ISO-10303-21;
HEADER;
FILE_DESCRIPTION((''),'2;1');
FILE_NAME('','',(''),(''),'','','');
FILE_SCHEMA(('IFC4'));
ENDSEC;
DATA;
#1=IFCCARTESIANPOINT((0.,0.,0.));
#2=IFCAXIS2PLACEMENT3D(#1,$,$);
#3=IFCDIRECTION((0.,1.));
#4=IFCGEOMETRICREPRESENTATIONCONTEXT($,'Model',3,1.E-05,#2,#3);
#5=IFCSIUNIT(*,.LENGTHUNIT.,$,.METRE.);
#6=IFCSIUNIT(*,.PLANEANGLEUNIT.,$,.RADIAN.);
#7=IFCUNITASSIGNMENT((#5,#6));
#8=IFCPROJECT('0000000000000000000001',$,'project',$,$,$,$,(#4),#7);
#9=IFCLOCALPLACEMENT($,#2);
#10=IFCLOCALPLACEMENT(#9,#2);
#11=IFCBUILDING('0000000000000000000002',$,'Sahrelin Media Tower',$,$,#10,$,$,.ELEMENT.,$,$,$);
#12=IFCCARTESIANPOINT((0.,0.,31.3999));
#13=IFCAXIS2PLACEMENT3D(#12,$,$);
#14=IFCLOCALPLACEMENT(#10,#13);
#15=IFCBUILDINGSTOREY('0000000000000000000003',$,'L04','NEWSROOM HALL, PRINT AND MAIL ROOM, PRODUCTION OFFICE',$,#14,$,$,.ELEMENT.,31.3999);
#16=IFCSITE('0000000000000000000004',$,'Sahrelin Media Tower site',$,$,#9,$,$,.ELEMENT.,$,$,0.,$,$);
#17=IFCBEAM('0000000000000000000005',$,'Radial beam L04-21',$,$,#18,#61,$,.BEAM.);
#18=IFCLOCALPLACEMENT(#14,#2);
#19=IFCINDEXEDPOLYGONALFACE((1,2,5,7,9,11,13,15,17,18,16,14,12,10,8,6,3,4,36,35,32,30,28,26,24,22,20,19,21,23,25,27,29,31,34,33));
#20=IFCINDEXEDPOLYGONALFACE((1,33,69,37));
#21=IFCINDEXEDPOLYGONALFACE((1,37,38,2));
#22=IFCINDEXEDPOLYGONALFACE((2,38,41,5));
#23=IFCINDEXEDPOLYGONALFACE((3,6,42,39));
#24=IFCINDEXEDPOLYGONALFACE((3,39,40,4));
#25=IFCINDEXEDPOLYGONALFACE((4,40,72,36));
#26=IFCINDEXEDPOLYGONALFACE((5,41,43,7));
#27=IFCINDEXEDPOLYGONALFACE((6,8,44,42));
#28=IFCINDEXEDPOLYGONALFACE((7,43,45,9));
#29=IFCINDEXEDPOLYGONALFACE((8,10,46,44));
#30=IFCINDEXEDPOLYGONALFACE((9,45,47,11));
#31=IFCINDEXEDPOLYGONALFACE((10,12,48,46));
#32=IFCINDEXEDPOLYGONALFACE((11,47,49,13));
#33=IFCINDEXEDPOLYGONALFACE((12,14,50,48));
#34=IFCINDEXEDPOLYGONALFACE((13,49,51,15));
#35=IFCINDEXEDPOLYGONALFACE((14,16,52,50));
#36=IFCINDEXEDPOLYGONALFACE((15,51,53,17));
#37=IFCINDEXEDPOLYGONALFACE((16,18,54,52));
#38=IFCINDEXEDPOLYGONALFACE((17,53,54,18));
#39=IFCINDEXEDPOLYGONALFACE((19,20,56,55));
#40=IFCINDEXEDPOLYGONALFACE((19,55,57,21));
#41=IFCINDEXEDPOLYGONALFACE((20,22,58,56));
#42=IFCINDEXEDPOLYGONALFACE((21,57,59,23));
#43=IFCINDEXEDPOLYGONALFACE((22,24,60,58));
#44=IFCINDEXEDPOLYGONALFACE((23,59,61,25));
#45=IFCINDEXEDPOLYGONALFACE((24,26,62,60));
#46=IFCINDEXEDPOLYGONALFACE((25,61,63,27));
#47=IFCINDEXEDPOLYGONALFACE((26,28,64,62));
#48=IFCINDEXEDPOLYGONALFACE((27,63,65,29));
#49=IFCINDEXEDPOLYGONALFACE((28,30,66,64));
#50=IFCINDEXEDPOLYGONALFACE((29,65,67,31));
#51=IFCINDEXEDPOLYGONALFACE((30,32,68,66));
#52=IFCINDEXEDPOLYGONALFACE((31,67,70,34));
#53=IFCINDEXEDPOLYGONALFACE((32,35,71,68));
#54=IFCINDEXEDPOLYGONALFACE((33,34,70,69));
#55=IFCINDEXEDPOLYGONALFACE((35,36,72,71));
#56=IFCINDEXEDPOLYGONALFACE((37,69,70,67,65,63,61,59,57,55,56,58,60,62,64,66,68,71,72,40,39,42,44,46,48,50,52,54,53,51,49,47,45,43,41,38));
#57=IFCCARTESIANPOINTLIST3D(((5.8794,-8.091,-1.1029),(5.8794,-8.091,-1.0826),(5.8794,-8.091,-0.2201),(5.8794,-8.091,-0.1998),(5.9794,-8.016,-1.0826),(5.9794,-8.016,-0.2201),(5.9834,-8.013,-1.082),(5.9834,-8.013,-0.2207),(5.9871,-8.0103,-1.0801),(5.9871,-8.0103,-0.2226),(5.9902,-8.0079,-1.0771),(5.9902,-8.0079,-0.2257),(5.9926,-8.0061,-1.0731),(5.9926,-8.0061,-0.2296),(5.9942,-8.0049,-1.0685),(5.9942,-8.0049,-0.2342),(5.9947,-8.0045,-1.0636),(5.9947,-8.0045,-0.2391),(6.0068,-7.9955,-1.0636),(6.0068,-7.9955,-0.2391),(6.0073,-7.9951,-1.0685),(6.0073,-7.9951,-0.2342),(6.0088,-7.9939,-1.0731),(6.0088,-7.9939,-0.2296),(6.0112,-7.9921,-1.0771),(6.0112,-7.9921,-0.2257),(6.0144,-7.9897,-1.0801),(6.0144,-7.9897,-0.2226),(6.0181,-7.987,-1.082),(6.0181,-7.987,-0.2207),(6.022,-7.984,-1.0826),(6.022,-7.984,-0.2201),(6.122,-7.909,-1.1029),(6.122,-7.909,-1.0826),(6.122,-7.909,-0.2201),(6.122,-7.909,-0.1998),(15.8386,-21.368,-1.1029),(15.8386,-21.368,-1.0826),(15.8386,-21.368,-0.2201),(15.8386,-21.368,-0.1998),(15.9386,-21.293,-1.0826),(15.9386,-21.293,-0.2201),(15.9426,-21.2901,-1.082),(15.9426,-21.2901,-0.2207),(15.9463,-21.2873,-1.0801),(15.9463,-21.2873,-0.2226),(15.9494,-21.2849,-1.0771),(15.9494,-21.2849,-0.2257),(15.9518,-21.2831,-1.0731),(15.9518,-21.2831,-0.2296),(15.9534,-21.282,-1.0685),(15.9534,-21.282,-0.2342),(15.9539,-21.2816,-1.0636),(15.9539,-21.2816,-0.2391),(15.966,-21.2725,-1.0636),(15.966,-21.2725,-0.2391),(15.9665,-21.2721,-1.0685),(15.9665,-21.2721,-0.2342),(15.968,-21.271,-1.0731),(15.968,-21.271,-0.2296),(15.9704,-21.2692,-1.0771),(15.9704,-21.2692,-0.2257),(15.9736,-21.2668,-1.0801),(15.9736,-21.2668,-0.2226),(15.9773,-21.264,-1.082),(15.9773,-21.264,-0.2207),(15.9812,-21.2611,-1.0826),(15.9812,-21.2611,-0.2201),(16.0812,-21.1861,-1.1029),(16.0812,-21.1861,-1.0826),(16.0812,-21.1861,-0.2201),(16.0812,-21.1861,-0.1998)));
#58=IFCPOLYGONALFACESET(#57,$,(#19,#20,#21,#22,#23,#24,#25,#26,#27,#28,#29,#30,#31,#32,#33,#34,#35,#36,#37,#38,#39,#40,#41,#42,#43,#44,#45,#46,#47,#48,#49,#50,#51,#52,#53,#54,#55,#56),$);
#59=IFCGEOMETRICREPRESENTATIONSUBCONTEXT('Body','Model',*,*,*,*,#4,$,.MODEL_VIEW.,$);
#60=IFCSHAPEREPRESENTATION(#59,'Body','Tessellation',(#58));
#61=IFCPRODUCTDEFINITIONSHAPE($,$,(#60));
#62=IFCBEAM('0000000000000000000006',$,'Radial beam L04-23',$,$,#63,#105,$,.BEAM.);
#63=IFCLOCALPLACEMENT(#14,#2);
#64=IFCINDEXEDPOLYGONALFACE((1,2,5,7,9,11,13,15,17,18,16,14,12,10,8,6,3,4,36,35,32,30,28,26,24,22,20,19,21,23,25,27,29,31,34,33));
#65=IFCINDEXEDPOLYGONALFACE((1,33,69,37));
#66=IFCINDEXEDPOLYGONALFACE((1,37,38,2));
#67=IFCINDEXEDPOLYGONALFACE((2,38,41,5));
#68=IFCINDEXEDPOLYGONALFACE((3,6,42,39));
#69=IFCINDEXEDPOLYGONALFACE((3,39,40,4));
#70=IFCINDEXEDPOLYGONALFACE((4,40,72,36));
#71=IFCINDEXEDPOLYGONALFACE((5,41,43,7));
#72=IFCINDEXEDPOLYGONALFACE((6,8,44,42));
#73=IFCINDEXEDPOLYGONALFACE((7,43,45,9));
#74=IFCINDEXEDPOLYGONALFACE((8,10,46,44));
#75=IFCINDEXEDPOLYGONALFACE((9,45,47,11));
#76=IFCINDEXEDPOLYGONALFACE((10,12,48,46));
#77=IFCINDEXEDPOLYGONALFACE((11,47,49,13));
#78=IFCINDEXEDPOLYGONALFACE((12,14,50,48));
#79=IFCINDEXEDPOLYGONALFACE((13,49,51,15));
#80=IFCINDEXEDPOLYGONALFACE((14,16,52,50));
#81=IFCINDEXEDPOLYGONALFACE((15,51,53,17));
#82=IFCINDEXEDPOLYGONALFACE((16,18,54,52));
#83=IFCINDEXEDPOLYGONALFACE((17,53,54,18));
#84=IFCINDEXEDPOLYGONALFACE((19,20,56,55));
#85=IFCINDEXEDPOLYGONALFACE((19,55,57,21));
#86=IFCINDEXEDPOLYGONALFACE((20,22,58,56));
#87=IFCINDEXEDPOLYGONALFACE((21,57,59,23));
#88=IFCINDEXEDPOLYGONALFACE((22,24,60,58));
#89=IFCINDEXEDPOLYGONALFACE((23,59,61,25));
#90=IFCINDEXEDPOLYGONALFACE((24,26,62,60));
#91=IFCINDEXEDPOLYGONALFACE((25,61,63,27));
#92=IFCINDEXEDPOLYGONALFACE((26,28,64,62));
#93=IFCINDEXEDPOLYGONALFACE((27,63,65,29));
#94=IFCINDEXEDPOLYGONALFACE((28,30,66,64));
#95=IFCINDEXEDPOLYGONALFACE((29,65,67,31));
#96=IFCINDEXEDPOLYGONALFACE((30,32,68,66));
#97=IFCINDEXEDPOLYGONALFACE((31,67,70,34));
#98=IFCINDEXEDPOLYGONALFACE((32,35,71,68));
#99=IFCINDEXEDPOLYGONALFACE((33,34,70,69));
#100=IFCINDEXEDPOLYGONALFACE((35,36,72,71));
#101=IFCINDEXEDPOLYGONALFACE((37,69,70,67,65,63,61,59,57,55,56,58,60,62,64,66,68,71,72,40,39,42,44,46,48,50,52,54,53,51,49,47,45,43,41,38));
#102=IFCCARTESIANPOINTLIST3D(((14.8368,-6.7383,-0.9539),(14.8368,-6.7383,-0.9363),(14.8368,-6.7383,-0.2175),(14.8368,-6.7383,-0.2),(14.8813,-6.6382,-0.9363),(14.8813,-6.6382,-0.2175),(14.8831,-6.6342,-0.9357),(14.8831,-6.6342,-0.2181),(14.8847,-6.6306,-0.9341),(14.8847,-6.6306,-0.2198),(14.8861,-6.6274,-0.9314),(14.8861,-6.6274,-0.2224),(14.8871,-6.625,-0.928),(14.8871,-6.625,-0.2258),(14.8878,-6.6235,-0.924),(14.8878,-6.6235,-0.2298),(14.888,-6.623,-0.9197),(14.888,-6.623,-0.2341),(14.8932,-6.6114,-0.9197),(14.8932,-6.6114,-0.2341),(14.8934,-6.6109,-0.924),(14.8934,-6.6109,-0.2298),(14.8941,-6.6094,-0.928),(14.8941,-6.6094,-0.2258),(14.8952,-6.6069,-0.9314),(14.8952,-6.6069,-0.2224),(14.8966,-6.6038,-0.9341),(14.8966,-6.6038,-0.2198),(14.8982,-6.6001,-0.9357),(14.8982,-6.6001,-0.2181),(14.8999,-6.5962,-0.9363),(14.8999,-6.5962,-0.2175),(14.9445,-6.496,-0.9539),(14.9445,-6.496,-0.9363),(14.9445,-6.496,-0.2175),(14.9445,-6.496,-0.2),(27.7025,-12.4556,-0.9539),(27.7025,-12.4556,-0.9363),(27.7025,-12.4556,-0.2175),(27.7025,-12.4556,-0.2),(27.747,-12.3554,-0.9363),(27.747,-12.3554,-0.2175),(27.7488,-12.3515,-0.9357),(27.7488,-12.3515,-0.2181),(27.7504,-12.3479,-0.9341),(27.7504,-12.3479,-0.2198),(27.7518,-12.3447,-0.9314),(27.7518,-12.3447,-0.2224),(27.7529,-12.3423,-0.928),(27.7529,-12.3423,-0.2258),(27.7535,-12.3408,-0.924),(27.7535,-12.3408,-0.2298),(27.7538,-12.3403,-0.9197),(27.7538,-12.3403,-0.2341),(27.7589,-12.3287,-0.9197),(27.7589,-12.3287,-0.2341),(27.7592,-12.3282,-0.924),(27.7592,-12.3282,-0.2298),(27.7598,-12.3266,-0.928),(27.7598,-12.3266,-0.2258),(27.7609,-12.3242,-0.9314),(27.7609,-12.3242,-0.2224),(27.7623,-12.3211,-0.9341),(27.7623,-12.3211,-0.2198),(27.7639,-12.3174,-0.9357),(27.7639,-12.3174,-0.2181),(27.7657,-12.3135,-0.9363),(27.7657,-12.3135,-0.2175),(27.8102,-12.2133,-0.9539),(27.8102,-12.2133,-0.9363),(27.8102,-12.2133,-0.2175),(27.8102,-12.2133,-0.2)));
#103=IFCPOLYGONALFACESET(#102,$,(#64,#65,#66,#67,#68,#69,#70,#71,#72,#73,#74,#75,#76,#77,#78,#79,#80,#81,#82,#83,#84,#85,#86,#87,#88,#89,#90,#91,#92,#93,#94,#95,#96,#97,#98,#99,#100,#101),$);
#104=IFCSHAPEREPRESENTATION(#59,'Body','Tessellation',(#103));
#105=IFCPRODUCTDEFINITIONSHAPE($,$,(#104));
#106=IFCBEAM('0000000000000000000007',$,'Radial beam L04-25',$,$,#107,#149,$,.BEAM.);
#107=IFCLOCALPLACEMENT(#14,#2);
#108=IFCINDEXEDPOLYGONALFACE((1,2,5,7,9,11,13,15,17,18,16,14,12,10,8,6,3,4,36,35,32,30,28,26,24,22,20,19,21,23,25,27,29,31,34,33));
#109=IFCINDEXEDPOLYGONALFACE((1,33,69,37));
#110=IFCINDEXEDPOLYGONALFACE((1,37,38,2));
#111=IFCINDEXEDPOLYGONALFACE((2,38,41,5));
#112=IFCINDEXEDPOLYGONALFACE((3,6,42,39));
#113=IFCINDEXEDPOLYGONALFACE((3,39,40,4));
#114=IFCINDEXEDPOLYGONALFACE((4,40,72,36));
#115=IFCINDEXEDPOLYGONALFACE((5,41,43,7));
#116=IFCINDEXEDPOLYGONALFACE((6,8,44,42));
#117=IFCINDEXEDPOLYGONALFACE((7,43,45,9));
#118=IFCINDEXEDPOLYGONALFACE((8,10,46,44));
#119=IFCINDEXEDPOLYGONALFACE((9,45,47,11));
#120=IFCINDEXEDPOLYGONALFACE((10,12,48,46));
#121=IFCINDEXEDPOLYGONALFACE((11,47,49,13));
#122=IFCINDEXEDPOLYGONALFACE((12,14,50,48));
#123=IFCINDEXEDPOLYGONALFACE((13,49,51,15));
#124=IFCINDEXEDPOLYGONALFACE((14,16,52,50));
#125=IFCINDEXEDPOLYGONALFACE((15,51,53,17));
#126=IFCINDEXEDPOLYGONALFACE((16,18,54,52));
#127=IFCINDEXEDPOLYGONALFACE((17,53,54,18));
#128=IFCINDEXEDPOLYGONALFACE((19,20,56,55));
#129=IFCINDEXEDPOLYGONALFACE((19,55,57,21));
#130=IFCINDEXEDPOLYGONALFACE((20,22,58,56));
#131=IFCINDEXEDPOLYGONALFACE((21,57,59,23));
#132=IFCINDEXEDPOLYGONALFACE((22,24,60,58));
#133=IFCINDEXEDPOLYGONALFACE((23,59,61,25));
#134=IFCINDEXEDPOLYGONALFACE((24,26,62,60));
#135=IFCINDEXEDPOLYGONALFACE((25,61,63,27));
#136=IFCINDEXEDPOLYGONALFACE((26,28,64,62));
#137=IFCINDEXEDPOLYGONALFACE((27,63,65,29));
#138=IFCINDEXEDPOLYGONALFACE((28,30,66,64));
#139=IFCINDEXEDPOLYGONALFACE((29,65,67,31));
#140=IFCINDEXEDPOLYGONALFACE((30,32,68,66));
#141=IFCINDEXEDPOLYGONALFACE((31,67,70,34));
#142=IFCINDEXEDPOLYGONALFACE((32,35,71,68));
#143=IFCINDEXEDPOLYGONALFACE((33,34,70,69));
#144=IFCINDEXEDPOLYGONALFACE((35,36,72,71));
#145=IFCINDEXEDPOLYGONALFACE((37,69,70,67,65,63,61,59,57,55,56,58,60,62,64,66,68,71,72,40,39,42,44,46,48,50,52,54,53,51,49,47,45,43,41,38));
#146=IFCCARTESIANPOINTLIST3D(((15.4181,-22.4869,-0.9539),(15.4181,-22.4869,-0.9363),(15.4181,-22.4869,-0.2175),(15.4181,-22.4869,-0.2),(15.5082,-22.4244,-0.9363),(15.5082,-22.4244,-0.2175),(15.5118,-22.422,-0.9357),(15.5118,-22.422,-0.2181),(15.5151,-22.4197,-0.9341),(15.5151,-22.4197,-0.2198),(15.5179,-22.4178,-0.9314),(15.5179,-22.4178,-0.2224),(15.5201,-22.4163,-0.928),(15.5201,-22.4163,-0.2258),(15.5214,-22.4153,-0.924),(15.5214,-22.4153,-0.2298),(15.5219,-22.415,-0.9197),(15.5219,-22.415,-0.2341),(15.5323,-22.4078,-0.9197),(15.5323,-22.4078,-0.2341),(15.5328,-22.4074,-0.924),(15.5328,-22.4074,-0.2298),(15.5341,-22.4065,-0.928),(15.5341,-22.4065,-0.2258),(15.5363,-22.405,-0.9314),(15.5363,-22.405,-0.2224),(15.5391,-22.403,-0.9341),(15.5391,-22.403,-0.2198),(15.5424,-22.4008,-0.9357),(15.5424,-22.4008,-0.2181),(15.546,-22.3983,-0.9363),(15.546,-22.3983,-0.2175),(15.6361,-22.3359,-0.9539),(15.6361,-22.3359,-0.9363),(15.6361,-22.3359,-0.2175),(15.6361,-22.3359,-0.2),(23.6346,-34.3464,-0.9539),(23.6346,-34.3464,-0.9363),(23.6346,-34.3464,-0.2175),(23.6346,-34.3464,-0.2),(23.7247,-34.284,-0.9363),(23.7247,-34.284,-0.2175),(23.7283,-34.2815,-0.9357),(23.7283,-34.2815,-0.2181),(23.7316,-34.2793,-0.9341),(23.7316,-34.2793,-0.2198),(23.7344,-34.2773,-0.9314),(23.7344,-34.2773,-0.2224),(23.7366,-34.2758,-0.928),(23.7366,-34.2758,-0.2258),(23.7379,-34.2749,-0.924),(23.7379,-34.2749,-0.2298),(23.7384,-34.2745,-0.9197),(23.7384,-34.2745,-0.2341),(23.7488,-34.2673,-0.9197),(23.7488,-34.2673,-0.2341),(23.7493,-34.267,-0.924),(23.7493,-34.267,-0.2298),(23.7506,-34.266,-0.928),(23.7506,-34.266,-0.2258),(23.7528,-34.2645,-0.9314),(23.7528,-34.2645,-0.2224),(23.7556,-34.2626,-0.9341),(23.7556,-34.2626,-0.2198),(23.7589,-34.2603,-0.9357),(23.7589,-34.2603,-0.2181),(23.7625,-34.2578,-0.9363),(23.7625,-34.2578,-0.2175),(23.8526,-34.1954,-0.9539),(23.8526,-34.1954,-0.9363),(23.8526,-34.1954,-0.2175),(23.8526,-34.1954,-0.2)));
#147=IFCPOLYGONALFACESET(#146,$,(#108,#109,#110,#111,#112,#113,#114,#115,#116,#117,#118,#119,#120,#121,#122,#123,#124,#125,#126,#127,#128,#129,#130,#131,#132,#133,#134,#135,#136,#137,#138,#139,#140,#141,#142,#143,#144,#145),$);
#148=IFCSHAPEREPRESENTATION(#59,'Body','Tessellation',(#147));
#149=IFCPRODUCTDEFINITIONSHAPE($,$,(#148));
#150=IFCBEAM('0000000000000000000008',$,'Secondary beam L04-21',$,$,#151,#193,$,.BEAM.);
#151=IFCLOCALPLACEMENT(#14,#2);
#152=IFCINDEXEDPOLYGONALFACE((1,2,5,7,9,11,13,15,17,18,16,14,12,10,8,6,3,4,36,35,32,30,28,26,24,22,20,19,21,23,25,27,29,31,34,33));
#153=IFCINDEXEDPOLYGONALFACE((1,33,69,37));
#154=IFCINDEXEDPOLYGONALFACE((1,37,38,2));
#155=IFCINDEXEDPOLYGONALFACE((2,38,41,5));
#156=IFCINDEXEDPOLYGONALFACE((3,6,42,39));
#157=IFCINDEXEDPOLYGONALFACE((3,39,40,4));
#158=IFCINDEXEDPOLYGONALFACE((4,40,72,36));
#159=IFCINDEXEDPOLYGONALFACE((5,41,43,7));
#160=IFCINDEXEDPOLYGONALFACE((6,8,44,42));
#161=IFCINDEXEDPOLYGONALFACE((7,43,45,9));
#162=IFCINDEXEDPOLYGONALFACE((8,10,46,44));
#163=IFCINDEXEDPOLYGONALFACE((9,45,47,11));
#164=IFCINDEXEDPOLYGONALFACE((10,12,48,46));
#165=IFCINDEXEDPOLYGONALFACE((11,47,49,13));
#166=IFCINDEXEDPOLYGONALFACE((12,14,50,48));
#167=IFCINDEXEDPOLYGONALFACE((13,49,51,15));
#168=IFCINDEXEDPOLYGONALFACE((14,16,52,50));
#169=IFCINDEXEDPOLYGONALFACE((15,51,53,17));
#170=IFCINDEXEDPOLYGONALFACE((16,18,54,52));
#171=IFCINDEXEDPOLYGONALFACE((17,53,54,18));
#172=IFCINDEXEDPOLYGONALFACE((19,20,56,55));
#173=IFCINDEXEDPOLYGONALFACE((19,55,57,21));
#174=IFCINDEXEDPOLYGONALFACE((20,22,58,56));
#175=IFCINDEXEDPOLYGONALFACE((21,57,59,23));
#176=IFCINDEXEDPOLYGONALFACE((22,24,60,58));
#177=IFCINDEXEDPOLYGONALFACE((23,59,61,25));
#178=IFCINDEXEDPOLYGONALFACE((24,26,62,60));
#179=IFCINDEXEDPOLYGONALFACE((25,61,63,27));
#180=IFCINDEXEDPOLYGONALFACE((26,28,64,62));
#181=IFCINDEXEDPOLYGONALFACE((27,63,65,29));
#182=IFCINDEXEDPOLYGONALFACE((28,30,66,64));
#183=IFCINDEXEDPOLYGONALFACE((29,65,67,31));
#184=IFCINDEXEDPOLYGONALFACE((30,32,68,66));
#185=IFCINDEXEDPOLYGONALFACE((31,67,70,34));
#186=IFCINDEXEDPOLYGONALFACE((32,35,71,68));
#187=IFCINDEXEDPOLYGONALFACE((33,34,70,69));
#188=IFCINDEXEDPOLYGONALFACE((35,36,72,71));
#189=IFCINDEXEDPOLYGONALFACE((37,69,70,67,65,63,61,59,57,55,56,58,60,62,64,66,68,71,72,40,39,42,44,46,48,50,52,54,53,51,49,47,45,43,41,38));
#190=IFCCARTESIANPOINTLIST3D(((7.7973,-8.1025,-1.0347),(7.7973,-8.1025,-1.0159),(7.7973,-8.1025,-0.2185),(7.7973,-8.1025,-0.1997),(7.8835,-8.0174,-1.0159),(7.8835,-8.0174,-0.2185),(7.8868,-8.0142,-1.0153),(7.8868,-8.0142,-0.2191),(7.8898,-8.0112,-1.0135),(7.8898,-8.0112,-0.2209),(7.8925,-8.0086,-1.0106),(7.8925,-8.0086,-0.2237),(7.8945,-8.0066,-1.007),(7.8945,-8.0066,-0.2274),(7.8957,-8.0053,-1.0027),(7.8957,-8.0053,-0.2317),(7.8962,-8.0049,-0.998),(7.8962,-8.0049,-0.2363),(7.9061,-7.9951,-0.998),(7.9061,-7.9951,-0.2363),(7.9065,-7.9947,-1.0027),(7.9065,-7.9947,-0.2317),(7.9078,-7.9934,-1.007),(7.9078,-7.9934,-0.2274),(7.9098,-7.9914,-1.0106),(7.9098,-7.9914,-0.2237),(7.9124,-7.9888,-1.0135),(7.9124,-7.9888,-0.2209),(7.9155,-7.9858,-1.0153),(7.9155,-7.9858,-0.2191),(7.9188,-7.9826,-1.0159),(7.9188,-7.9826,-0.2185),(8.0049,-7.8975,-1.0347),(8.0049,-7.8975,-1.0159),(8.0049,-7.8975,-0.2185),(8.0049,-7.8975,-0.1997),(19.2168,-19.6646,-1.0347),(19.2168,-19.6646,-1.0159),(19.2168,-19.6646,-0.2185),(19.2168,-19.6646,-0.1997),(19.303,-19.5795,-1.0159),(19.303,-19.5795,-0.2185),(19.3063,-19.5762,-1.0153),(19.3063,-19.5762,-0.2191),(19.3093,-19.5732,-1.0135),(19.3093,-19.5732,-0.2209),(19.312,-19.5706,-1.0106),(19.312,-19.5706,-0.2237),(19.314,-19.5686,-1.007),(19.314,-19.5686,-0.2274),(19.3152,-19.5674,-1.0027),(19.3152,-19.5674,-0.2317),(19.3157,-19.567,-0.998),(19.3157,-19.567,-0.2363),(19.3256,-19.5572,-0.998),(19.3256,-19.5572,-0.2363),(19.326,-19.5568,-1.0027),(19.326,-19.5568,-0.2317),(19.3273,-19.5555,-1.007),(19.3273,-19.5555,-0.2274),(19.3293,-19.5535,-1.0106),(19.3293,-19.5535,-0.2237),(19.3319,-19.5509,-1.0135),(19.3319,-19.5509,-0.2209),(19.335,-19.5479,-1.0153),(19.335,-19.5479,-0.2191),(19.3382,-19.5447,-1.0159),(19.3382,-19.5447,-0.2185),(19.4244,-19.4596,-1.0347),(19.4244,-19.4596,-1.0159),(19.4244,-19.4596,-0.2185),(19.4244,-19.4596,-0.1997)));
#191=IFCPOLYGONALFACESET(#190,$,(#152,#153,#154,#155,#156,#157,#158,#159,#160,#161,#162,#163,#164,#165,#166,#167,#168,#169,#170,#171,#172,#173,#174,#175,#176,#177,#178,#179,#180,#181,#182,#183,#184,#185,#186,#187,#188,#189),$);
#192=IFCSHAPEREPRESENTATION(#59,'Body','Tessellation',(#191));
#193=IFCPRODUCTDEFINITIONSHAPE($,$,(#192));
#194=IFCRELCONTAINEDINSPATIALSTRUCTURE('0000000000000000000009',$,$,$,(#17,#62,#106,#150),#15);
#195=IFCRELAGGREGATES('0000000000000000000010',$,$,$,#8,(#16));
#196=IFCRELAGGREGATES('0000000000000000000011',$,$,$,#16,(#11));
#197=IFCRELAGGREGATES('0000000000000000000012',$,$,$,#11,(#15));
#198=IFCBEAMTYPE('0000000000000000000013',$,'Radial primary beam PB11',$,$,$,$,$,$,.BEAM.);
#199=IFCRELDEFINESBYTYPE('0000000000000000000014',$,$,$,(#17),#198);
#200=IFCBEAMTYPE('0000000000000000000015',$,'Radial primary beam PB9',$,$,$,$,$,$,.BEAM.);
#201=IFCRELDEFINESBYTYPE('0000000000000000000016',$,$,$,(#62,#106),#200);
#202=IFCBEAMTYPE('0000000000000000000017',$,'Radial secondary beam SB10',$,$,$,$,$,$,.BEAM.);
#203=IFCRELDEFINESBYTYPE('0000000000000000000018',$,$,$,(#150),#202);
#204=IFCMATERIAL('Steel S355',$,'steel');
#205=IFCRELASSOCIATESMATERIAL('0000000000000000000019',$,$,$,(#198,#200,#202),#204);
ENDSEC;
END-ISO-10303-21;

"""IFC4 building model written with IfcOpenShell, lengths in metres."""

from ifc_helpers import new_model, si_unit, direction, frame, origin, origin_2d, place, context, subcontext, project, spatial, i_section, extrude, material, material_profile, profile_set, type_object, element, save


model = new_model("IFC4")

# Units and contexts
model_context = context("Model", 3, precision=1e-05, world=origin(), true_north=direction((0.0, 1.0)))
body_context = subcontext(model_context, "Body", "Model", "MODEL_VIEW")
ifc_project = project(units=[si_unit("LENGTHUNIT", "METRE"), si_unit("PLANEANGLEUNIT", "RADIAN")], contexts=[model_context])

# Site, building, storey
site_placement = place(None, origin())
site = spatial("IfcSite", under=ifc_project, at=site_placement, Name="Sahrelin Media Tower site", CompositionType="ELEMENT", RefElevation=0.0)
building_placement = place(site_placement, origin())
building = spatial("IfcBuilding", under=site, at=building_placement, Name="Sahrelin Media Tower", CompositionType="ELEMENT")
storey_placement = place(building_placement, frame((0.0, 0.0, 31.3999)))
storey = spatial("IfcBuildingStorey", under=building, at=storey_placement, Name="L04", Description="NEWSROOM HALL, PRINT AND MAIL ROOM, PRODUCTION OFFICE", CompositionType="ELEMENT", Elevation=31.3999)

# Beams
ifc_material_1 = material(Name="Steel S355", Category="steel")
ifc_material_profile_1 = material_profile(ifc_material_1, i_section(OverallWidth=0.3032, OverallDepth=0.9031, WebThickness=0.0151, FlangeThickness=0.0203, FilletRadius=0.019, at=origin_2d()), Name="UB 914x305x201")
ifc_profile_set_1 = profile_set([ifc_material_profile_1], Name="Steel S355")
beam_type_1 = type_object("IfcBeamType", Name="Radial primary beam PB11", PredefinedType="BEAM", material=ifc_profile_set_1)
beam_1_placement = place(storey_placement, frame((6.0007, -8.0, -0.6514), z_axis=(0.600054, -0.799959, 0.0), x_axis=(0.799959, 0.600054, 0.0)))
element("IfcBeam", 1, at=beam_1_placement, inside=storey, type_object=beam_type_1, Name="Radial beam L04-21", PredefinedType="BEAM", context=body_context, shape_type="SweptSolid", body=[
    extrude(i_section(OverallWidth=0.3032, OverallDepth=0.9031, WebThickness=0.0151, FlangeThickness=0.0203, FilletRadius=0.019, at=origin_2d()), origin(), (0.0, 0.0, 1.0), 16.5972),
])
ifc_material_profile_2 = material_profile(ifc_material_1, i_section(OverallWidth=0.2651, OverallDepth=0.7539, WebThickness=0.0127, FlangeThickness=0.0176, FilletRadius=0.0166, at=origin_2d()), Name="UB 762x267x147")
ifc_profile_set_2 = profile_set([ifc_material_profile_2], Name="Steel S355")
beam_type_2 = type_object("IfcBeamType", Name="Radial primary beam PB9", PredefinedType="BEAM", material=ifc_profile_set_2)
beam_2_placement = place(storey_placement, frame((14.8906, -6.6172, -0.5769), z_axis=(0.913833, -0.40609, 0.0), x_axis=(0.40609, 0.913833, 0.0)))
element("IfcBeam", 2, at=beam_2_placement, inside=storey, type_object=beam_type_2, Name="Radial beam L04-23", PredefinedType="BEAM", context=body_context, shape_type="SweptSolid", body=[
    extrude(i_section(OverallWidth=0.2651, OverallDepth=0.7539, WebThickness=0.0127, FlangeThickness=0.0176, FilletRadius=0.0166, at=origin_2d()), origin(), (0.0, 0.0, 1.0), 14.0789),
])
beam_3_placement = place(storey_placement, frame((15.5271, -22.4114, -0.5769), z_axis=(0.569493, -0.821996, 0.0), x_axis=(0.821996, 0.569493, 0.0)))
element("IfcBeam", 3, at=beam_3_placement, inside=storey, type_object=beam_type_2, Name="Radial beam L04-25", PredefinedType="BEAM", context=body_context, shape_type="SweptSolid", body=[
    extrude(i_section(OverallWidth=0.2651, OverallDepth=0.7539, WebThickness=0.0127, FlangeThickness=0.0176, FilletRadius=0.0166, at=origin_2d()), origin(), (0.0, 0.0, 1.0), 14.4277),
])
ifc_material_profile_3 = material_profile(ifc_material_1, i_section(OverallWidth=0.2917, OverallDepth=0.835, WebThickness=0.0139, FlangeThickness=0.0188, FilletRadius=0.0178, at=origin_2d()), Name="UB 838x292x176")
ifc_profile_set_3 = profile_set([ifc_material_profile_3], Name="Steel S355")
beam_type_3 = type_object("IfcBeamType", Name="Radial secondary beam SB10", PredefinedType="BEAM", material=ifc_profile_set_3)
beam_4_placement = place(storey_placement, frame((7.9011, -8.0, -0.6172), z_axis=(0.702706, -0.71148, 0.0), x_axis=(0.71148, 0.702706, 0.0)))
element("IfcBeam", 4, at=beam_4_placement, inside=storey, type_object=beam_type_3, Name="Secondary beam L04-21", PredefinedType="BEAM", context=body_context, shape_type="SweptSolid", body=[
    extrude(i_section(OverallWidth=0.2917, OverallDepth=0.835, WebThickness=0.0139, FlangeThickness=0.0188, FilletRadius=0.0178, at=origin_2d()), origin(), (0.0, 0.0, 1.0), 16.2507),
])

save(model, "model.ifc")
